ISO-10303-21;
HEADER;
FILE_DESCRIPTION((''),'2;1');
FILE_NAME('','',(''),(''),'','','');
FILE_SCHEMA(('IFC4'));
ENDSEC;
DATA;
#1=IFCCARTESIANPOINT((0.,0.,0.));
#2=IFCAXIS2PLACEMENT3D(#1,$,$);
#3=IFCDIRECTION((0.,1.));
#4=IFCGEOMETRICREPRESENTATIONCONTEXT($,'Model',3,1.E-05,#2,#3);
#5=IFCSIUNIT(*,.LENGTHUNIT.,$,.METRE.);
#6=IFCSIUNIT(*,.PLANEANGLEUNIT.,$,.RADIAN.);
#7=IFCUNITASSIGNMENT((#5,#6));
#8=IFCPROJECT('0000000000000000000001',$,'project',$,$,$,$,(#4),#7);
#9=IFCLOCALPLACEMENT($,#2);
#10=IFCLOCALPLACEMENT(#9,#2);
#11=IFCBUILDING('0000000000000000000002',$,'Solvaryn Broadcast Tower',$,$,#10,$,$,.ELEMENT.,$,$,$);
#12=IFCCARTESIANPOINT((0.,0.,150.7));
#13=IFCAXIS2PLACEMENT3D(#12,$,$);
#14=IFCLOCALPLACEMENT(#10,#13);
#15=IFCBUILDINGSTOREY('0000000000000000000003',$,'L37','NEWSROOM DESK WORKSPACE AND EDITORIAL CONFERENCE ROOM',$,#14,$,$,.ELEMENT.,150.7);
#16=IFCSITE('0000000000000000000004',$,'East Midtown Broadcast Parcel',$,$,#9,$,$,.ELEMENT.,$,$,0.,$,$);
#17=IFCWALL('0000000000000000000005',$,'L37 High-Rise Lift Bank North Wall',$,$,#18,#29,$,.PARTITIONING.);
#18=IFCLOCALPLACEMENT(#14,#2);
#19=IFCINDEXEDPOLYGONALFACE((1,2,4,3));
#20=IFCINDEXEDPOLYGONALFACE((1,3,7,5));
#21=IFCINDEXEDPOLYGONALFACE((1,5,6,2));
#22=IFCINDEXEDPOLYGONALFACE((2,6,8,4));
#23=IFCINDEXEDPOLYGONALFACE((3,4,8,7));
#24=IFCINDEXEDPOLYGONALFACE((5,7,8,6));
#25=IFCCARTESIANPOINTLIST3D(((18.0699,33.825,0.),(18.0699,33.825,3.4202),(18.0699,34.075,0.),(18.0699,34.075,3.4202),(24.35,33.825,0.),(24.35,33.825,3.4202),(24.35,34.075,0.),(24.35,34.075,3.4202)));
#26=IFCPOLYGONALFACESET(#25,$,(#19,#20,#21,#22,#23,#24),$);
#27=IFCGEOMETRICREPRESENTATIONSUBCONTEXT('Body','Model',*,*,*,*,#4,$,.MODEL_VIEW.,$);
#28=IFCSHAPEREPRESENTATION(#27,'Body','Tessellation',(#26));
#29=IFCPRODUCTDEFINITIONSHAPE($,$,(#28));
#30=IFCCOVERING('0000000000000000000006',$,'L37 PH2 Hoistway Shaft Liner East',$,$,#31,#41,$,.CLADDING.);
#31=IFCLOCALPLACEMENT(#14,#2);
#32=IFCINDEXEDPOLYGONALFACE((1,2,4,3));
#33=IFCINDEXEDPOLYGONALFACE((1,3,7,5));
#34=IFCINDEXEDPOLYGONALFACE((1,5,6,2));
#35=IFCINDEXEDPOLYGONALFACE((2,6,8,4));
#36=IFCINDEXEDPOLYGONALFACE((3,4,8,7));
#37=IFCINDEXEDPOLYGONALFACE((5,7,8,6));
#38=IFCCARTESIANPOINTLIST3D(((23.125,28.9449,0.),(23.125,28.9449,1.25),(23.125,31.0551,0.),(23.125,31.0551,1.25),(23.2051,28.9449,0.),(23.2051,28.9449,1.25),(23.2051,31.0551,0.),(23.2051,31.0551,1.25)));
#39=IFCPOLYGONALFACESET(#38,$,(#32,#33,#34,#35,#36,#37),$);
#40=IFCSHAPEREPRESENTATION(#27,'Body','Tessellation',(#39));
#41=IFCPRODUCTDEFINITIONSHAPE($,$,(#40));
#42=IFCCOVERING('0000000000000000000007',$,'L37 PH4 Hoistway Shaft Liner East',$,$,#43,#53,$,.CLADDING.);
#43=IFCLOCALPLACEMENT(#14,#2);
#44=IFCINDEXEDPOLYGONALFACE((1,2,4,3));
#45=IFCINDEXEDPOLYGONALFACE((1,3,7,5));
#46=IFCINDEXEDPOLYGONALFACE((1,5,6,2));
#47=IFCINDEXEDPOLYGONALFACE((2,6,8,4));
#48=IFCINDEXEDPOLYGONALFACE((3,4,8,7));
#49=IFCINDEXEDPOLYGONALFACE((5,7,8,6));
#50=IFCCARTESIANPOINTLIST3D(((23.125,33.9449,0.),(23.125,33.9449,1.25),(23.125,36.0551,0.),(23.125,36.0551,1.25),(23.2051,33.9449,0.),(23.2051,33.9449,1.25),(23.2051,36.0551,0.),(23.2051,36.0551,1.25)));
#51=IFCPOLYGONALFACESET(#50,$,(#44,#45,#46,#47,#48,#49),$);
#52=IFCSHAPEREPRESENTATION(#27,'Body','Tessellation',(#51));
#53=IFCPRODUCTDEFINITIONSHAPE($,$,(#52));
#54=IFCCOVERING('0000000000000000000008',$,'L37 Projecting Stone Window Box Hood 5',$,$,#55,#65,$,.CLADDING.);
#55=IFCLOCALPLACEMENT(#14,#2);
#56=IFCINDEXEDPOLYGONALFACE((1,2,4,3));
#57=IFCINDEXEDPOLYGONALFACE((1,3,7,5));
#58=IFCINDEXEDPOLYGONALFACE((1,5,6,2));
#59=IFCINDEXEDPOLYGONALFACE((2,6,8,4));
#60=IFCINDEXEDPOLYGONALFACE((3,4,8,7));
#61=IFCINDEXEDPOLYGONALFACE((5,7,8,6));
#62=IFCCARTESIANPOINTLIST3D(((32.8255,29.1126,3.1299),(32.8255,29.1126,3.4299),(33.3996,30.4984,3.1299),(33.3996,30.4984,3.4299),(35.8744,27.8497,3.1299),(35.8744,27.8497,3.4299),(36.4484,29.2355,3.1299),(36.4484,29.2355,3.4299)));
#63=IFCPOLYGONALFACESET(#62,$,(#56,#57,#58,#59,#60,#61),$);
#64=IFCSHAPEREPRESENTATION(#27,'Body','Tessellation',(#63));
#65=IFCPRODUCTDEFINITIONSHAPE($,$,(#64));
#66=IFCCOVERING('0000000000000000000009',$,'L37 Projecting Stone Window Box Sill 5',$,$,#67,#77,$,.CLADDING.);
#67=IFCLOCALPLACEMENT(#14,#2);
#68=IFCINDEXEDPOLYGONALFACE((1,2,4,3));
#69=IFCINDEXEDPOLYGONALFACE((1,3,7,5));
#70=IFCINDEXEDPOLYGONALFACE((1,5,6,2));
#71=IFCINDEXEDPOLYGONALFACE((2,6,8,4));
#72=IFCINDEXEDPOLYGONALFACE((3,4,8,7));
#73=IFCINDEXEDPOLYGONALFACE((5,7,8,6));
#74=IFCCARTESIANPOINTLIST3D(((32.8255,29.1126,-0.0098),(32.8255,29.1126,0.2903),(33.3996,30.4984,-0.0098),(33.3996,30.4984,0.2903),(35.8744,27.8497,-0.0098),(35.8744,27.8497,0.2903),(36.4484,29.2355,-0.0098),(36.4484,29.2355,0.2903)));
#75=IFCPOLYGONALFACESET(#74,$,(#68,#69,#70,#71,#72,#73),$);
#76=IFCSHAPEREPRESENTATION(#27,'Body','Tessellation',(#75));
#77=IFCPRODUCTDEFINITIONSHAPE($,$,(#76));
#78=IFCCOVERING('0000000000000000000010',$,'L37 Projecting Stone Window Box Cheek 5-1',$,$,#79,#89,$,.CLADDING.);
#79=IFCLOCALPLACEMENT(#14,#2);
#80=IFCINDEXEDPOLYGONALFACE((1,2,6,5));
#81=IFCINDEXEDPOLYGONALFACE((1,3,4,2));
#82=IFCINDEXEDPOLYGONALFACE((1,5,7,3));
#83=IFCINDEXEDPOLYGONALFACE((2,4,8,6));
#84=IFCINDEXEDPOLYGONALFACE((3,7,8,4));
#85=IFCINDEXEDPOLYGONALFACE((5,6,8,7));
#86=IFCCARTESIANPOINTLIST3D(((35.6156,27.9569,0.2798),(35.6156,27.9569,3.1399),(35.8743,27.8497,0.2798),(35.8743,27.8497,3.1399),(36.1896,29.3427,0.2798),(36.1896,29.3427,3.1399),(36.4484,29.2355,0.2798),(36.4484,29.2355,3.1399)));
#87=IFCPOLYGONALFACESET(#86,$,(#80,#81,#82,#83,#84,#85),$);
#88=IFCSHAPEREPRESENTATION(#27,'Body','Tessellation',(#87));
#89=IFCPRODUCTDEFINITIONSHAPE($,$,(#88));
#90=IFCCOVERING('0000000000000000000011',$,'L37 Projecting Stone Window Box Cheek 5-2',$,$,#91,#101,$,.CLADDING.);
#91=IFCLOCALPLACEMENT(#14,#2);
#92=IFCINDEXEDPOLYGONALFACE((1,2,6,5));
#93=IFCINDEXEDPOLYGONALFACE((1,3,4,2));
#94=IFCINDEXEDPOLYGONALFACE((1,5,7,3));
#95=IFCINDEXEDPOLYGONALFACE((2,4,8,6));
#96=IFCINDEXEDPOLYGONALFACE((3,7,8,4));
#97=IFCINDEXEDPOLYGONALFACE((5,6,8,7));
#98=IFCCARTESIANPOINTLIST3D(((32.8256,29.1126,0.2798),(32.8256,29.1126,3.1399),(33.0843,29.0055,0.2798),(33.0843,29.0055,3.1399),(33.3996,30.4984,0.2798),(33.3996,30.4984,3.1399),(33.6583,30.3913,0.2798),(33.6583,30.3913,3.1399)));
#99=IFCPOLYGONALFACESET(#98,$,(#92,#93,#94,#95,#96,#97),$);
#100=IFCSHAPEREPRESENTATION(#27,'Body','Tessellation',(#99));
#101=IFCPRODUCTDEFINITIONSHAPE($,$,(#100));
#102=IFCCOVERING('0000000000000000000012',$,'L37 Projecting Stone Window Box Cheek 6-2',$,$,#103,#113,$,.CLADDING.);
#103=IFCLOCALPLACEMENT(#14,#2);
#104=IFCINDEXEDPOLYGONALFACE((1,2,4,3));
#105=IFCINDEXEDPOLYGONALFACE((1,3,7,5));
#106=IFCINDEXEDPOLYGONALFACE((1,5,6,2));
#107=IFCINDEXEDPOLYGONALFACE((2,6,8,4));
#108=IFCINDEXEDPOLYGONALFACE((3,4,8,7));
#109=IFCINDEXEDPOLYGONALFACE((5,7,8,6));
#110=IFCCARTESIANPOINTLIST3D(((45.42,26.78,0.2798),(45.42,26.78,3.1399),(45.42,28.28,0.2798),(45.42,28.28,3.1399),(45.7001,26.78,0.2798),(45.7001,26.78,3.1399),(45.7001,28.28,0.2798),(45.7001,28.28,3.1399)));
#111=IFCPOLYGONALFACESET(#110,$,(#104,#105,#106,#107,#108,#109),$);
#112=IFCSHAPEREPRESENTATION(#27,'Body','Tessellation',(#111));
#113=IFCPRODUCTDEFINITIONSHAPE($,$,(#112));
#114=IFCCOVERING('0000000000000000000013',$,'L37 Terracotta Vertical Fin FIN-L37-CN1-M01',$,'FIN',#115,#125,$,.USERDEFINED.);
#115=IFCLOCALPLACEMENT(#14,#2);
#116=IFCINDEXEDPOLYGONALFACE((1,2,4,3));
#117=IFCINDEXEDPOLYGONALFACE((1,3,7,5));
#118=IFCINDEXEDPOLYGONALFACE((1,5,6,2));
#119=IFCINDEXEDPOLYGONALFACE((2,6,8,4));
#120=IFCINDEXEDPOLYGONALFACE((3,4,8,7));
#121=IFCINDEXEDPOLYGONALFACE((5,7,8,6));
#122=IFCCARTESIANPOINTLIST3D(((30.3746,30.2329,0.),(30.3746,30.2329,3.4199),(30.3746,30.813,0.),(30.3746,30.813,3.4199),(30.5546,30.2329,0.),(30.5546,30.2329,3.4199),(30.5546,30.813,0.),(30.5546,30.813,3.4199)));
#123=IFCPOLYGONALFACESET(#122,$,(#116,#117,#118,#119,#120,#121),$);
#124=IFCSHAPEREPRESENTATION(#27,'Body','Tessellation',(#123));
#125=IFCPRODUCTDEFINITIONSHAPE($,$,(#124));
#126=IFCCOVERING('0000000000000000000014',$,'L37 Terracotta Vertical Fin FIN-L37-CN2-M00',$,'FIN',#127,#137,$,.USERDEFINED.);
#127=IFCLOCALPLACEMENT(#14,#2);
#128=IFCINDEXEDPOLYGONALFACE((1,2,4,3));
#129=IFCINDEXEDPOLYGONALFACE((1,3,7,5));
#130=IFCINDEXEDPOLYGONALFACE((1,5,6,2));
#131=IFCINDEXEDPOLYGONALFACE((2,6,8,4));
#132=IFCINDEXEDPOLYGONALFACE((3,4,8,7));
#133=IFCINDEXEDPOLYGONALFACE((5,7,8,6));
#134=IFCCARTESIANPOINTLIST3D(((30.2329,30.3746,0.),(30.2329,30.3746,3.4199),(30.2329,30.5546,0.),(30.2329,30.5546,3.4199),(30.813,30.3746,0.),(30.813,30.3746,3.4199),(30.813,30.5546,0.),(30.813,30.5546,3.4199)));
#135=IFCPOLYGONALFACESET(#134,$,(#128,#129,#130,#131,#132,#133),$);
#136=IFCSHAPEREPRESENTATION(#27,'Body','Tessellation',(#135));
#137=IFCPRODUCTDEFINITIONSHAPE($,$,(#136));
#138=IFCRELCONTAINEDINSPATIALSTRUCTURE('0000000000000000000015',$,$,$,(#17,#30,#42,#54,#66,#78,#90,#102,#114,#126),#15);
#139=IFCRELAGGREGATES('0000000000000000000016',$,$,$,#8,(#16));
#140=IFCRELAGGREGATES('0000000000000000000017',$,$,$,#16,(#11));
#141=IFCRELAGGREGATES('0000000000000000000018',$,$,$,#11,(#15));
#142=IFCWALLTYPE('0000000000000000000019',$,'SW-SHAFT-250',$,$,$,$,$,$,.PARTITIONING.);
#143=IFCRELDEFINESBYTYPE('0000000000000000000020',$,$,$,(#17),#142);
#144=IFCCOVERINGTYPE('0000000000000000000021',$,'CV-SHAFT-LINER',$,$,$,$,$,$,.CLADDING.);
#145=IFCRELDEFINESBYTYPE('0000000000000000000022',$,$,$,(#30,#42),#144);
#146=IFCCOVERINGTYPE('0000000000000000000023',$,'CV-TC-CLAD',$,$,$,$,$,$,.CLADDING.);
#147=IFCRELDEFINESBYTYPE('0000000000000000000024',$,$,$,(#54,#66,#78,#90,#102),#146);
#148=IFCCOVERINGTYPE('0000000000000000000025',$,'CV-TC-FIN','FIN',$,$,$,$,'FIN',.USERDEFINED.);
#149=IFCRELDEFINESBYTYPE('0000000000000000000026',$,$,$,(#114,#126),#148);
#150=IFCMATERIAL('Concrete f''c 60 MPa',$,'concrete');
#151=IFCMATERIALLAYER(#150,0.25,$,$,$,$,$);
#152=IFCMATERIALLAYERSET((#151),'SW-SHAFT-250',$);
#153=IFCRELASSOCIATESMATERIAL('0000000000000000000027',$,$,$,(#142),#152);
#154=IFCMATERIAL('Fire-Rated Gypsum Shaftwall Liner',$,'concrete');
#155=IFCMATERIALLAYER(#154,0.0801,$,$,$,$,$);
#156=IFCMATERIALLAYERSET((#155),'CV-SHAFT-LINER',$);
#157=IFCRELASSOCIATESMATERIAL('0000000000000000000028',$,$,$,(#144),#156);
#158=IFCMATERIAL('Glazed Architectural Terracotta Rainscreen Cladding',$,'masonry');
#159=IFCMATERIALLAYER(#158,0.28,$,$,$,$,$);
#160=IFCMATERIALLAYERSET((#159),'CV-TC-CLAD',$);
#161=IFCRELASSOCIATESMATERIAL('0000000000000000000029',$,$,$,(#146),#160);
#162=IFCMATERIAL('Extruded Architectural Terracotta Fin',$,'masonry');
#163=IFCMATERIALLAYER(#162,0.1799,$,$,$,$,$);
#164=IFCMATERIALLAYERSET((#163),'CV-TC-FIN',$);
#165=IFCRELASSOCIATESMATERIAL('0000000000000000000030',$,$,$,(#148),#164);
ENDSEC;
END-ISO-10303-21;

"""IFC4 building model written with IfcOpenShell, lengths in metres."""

from ifc_helpers import new_model, si_unit, direction, frame, frame_2d, origin, origin_2d, place, context, subcontext, project, spatial, rectangle, extrude, material, layer, layer_set, type_object, element, save


model = new_model("IFC4")

# Units and contexts
model_context = context("Model", 3, precision=1e-05, world=origin(), true_north=direction((0.0, 1.0)))
body_context = subcontext(model_context, "Body", "Model", "MODEL_VIEW")
ifc_project = project(units=[si_unit("LENGTHUNIT", "METRE"), si_unit("PLANEANGLEUNIT", "RADIAN")], contexts=[model_context])

# Site, building, storey
site_placement = place(None, origin())
site = spatial("IfcSite", under=ifc_project, at=site_placement, Name="East Midtown Broadcast Parcel", CompositionType="ELEMENT", RefElevation=0.0)
building_placement = place(site_placement, origin())
building = spatial("IfcBuilding", under=site, at=building_placement, Name="Solvaryn Broadcast Tower", CompositionType="ELEMENT")
storey_placement = place(building_placement, frame((0.0, 0.0, 150.7)))
storey = spatial("IfcBuildingStorey", under=building, at=storey_placement, Name="L37", Description="NEWSROOM DESK WORKSPACE AND EDITORIAL CONFERENCE ROOM", CompositionType="ELEMENT", Elevation=150.7)

# Wall
ifc_material_1 = material(Name="Concrete f'c 60 MPa", Category="concrete")
ifc_layer_1 = layer(ifc_material_1, 0.25)
ifc_layer_set_1 = layer_set([ifc_layer_1], Name="SW-SHAFT-250")
wall_type_1 = type_object("IfcWallType", Name="SW-SHAFT-250", PredefinedType="PARTITIONING", material=ifc_layer_set_1)
wall_1_placement = place(storey_placement, frame((24.3501, 33.95, 0.0), z_axis=(0.0, 0.0, 1.0), x_axis=(-1.0, 0.0, 0.0)))
element("IfcWall", 1, at=wall_1_placement, inside=storey, type_object=wall_type_1, Name="L37 High-Rise Lift Bank North Wall", PredefinedType="PARTITIONING", context=body_context, shape_type="SweptSolid", body=[
    extrude(rectangle(XDim=6.28, YDim=0.25, at=frame_2d((3.1401, 0.0))), origin(), (0.0, 0.0, 1.0), 3.4202),
])

# Coverings
ifc_material_2 = material(Name="Fire-Rated Gypsum Shaftwall Liner", Category="concrete")
ifc_layer_2 = layer(ifc_material_2, 0.0801)
ifc_layer_set_2 = layer_set([ifc_layer_2], Name="CV-SHAFT-LINER")
covering_type_1 = type_object("IfcCoveringType", Name="CV-SHAFT-LINER", PredefinedType="CLADDING", material=ifc_layer_set_2)
for number, where, z_axis, x_axis, name in (
    (2, (23.165, 30.0, 0.0), (0.0, 0.0, 1.0), (1.0, 0.0, 0.0), "L37 PH2 Hoistway Shaft Liner East"),
    (3, (23.165, 35.0, 0.0), (0.0, 0.0, 1.0), (1.0, 0.0, 0.0), "L37 PH4 Hoistway Shaft Liner East"),
):
    element("IfcCovering", number, at=place(storey_placement, frame(where, z_axis=z_axis, x_axis=x_axis)), inside=storey, type_object=covering_type_1, Name=name, PredefinedType="CLADDING", context=body_context, shape_type="SweptSolid", body=[
        extrude(rectangle(XDim=0.0801, YDim=2.1101, at=origin_2d()), origin(), (0.0, 0.0, 1.0), 1.25),
    ])
ifc_material_3 = material(Name="Glazed Architectural Terracotta Rainscreen Cladding", Category="masonry")
ifc_layer_3 = layer(ifc_material_3, 0.28)
ifc_layer_set_3 = layer_set([ifc_layer_3], Name="CV-TC-CLAD")
covering_type_2 = type_object("IfcCoveringType", Name="CV-TC-CLAD", PredefinedType="CLADDING", material=ifc_layer_set_3)
for number, where, z_axis, x_axis, name in (
    (4, (34.637, 29.1741, 3.1299), (0.0, 0.0, 1.0), (-0.92388, 0.382683, 0.0), "L37 Projecting Stone Window Box Hood 5"),
    (5, (34.637, 29.1741, -0.0098), (0.0, 0.0, 1.0), (-0.92388, 0.382683, 0.0), "L37 Projecting Stone Window Box Sill 5"),
):
    element("IfcCovering", number, at=place(storey_placement, frame(where, z_axis=z_axis, x_axis=x_axis)), inside=storey, type_object=covering_type_2, Name=name, PredefinedType="CLADDING", context=body_context, shape_type="SweptSolid", body=[
        extrude(rectangle(XDim=3.3, YDim=1.5, at=origin_2d()), origin(), (0.0, 0.0, 1.0), 0.3),
    ])
for number, where, z_axis, x_axis, name in (
    (6, (36.032, 28.5962, 0.2798), (0.0, 0.0, 1.0), (-0.92388, 0.382683, 0.0), "L37 Projecting Stone Window Box Cheek 5-1"),
    (7, (33.2419, 29.752, 0.2798), (0.0, 0.0, 1.0), (-0.92388, 0.382683, 0.0), "L37 Projecting Stone Window Box Cheek 5-2"),
    (8, (45.5601, 27.53, 0.2798), (0.0, 0.0, 1.0), (1.0, 0.0, 0.0), "L37 Projecting Stone Window Box Cheek 6-2"),
):
    element("IfcCovering", number, at=place(storey_placement, frame(where, z_axis=z_axis, x_axis=x_axis)), inside=storey, type_object=covering_type_2, Name=name, PredefinedType="CLADDING", context=body_context, shape_type="SweptSolid", body=[
        extrude(rectangle(XDim=0.28, YDim=1.5, at=origin_2d()), origin(), (0.0, 0.0, 1.0), 2.8601),
    ])
ifc_material_4 = material(Name="Extruded Architectural Terracotta Fin", Category="masonry")
ifc_layer_4 = layer(ifc_material_4, 0.1799)
ifc_layer_set_4 = layer_set([ifc_layer_4], Name="CV-TC-FIN")
covering_type_3 = type_object("IfcCoveringType", Name="CV-TC-FIN", Description="FIN", ElementType="FIN", PredefinedType="USERDEFINED", material=ifc_layer_set_4)
covering_1_placement = place(storey_placement, frame((30.4646, 30.5229, 0.0), z_axis=(0.0, 0.0, 1.0), x_axis=(1.0, 0.0, 0.0)))
element("IfcCovering", 9, at=covering_1_placement, inside=storey, type_object=covering_type_3, Name="L37 Terracotta Vertical Fin FIN-L37-CN1-M01", ObjectType="FIN", PredefinedType="USERDEFINED", context=body_context, shape_type="SweptSolid", body=[
    extrude(rectangle(XDim=0.1799, YDim=0.5801, at=origin_2d()), origin(), (0.0, 0.0, 1.0), 3.4199),
])
covering_2_placement = place(storey_placement, frame((30.5229, 30.4646, 0.0), z_axis=(0.0, 0.0, 1.0), x_axis=(1.0, 0.0, 0.0)))
element("IfcCovering", 10, at=covering_2_placement, inside=storey, type_object=covering_type_3, Name="L37 Terracotta Vertical Fin FIN-L37-CN2-M00", ObjectType="FIN", PredefinedType="USERDEFINED", context=body_context, shape_type="SweptSolid", body=[
    extrude(rectangle(XDim=0.5801, YDim=0.1799, at=origin_2d()), origin(), (0.0, 0.0, 1.0), 3.4199),
])

save(model, "model.ifc")
